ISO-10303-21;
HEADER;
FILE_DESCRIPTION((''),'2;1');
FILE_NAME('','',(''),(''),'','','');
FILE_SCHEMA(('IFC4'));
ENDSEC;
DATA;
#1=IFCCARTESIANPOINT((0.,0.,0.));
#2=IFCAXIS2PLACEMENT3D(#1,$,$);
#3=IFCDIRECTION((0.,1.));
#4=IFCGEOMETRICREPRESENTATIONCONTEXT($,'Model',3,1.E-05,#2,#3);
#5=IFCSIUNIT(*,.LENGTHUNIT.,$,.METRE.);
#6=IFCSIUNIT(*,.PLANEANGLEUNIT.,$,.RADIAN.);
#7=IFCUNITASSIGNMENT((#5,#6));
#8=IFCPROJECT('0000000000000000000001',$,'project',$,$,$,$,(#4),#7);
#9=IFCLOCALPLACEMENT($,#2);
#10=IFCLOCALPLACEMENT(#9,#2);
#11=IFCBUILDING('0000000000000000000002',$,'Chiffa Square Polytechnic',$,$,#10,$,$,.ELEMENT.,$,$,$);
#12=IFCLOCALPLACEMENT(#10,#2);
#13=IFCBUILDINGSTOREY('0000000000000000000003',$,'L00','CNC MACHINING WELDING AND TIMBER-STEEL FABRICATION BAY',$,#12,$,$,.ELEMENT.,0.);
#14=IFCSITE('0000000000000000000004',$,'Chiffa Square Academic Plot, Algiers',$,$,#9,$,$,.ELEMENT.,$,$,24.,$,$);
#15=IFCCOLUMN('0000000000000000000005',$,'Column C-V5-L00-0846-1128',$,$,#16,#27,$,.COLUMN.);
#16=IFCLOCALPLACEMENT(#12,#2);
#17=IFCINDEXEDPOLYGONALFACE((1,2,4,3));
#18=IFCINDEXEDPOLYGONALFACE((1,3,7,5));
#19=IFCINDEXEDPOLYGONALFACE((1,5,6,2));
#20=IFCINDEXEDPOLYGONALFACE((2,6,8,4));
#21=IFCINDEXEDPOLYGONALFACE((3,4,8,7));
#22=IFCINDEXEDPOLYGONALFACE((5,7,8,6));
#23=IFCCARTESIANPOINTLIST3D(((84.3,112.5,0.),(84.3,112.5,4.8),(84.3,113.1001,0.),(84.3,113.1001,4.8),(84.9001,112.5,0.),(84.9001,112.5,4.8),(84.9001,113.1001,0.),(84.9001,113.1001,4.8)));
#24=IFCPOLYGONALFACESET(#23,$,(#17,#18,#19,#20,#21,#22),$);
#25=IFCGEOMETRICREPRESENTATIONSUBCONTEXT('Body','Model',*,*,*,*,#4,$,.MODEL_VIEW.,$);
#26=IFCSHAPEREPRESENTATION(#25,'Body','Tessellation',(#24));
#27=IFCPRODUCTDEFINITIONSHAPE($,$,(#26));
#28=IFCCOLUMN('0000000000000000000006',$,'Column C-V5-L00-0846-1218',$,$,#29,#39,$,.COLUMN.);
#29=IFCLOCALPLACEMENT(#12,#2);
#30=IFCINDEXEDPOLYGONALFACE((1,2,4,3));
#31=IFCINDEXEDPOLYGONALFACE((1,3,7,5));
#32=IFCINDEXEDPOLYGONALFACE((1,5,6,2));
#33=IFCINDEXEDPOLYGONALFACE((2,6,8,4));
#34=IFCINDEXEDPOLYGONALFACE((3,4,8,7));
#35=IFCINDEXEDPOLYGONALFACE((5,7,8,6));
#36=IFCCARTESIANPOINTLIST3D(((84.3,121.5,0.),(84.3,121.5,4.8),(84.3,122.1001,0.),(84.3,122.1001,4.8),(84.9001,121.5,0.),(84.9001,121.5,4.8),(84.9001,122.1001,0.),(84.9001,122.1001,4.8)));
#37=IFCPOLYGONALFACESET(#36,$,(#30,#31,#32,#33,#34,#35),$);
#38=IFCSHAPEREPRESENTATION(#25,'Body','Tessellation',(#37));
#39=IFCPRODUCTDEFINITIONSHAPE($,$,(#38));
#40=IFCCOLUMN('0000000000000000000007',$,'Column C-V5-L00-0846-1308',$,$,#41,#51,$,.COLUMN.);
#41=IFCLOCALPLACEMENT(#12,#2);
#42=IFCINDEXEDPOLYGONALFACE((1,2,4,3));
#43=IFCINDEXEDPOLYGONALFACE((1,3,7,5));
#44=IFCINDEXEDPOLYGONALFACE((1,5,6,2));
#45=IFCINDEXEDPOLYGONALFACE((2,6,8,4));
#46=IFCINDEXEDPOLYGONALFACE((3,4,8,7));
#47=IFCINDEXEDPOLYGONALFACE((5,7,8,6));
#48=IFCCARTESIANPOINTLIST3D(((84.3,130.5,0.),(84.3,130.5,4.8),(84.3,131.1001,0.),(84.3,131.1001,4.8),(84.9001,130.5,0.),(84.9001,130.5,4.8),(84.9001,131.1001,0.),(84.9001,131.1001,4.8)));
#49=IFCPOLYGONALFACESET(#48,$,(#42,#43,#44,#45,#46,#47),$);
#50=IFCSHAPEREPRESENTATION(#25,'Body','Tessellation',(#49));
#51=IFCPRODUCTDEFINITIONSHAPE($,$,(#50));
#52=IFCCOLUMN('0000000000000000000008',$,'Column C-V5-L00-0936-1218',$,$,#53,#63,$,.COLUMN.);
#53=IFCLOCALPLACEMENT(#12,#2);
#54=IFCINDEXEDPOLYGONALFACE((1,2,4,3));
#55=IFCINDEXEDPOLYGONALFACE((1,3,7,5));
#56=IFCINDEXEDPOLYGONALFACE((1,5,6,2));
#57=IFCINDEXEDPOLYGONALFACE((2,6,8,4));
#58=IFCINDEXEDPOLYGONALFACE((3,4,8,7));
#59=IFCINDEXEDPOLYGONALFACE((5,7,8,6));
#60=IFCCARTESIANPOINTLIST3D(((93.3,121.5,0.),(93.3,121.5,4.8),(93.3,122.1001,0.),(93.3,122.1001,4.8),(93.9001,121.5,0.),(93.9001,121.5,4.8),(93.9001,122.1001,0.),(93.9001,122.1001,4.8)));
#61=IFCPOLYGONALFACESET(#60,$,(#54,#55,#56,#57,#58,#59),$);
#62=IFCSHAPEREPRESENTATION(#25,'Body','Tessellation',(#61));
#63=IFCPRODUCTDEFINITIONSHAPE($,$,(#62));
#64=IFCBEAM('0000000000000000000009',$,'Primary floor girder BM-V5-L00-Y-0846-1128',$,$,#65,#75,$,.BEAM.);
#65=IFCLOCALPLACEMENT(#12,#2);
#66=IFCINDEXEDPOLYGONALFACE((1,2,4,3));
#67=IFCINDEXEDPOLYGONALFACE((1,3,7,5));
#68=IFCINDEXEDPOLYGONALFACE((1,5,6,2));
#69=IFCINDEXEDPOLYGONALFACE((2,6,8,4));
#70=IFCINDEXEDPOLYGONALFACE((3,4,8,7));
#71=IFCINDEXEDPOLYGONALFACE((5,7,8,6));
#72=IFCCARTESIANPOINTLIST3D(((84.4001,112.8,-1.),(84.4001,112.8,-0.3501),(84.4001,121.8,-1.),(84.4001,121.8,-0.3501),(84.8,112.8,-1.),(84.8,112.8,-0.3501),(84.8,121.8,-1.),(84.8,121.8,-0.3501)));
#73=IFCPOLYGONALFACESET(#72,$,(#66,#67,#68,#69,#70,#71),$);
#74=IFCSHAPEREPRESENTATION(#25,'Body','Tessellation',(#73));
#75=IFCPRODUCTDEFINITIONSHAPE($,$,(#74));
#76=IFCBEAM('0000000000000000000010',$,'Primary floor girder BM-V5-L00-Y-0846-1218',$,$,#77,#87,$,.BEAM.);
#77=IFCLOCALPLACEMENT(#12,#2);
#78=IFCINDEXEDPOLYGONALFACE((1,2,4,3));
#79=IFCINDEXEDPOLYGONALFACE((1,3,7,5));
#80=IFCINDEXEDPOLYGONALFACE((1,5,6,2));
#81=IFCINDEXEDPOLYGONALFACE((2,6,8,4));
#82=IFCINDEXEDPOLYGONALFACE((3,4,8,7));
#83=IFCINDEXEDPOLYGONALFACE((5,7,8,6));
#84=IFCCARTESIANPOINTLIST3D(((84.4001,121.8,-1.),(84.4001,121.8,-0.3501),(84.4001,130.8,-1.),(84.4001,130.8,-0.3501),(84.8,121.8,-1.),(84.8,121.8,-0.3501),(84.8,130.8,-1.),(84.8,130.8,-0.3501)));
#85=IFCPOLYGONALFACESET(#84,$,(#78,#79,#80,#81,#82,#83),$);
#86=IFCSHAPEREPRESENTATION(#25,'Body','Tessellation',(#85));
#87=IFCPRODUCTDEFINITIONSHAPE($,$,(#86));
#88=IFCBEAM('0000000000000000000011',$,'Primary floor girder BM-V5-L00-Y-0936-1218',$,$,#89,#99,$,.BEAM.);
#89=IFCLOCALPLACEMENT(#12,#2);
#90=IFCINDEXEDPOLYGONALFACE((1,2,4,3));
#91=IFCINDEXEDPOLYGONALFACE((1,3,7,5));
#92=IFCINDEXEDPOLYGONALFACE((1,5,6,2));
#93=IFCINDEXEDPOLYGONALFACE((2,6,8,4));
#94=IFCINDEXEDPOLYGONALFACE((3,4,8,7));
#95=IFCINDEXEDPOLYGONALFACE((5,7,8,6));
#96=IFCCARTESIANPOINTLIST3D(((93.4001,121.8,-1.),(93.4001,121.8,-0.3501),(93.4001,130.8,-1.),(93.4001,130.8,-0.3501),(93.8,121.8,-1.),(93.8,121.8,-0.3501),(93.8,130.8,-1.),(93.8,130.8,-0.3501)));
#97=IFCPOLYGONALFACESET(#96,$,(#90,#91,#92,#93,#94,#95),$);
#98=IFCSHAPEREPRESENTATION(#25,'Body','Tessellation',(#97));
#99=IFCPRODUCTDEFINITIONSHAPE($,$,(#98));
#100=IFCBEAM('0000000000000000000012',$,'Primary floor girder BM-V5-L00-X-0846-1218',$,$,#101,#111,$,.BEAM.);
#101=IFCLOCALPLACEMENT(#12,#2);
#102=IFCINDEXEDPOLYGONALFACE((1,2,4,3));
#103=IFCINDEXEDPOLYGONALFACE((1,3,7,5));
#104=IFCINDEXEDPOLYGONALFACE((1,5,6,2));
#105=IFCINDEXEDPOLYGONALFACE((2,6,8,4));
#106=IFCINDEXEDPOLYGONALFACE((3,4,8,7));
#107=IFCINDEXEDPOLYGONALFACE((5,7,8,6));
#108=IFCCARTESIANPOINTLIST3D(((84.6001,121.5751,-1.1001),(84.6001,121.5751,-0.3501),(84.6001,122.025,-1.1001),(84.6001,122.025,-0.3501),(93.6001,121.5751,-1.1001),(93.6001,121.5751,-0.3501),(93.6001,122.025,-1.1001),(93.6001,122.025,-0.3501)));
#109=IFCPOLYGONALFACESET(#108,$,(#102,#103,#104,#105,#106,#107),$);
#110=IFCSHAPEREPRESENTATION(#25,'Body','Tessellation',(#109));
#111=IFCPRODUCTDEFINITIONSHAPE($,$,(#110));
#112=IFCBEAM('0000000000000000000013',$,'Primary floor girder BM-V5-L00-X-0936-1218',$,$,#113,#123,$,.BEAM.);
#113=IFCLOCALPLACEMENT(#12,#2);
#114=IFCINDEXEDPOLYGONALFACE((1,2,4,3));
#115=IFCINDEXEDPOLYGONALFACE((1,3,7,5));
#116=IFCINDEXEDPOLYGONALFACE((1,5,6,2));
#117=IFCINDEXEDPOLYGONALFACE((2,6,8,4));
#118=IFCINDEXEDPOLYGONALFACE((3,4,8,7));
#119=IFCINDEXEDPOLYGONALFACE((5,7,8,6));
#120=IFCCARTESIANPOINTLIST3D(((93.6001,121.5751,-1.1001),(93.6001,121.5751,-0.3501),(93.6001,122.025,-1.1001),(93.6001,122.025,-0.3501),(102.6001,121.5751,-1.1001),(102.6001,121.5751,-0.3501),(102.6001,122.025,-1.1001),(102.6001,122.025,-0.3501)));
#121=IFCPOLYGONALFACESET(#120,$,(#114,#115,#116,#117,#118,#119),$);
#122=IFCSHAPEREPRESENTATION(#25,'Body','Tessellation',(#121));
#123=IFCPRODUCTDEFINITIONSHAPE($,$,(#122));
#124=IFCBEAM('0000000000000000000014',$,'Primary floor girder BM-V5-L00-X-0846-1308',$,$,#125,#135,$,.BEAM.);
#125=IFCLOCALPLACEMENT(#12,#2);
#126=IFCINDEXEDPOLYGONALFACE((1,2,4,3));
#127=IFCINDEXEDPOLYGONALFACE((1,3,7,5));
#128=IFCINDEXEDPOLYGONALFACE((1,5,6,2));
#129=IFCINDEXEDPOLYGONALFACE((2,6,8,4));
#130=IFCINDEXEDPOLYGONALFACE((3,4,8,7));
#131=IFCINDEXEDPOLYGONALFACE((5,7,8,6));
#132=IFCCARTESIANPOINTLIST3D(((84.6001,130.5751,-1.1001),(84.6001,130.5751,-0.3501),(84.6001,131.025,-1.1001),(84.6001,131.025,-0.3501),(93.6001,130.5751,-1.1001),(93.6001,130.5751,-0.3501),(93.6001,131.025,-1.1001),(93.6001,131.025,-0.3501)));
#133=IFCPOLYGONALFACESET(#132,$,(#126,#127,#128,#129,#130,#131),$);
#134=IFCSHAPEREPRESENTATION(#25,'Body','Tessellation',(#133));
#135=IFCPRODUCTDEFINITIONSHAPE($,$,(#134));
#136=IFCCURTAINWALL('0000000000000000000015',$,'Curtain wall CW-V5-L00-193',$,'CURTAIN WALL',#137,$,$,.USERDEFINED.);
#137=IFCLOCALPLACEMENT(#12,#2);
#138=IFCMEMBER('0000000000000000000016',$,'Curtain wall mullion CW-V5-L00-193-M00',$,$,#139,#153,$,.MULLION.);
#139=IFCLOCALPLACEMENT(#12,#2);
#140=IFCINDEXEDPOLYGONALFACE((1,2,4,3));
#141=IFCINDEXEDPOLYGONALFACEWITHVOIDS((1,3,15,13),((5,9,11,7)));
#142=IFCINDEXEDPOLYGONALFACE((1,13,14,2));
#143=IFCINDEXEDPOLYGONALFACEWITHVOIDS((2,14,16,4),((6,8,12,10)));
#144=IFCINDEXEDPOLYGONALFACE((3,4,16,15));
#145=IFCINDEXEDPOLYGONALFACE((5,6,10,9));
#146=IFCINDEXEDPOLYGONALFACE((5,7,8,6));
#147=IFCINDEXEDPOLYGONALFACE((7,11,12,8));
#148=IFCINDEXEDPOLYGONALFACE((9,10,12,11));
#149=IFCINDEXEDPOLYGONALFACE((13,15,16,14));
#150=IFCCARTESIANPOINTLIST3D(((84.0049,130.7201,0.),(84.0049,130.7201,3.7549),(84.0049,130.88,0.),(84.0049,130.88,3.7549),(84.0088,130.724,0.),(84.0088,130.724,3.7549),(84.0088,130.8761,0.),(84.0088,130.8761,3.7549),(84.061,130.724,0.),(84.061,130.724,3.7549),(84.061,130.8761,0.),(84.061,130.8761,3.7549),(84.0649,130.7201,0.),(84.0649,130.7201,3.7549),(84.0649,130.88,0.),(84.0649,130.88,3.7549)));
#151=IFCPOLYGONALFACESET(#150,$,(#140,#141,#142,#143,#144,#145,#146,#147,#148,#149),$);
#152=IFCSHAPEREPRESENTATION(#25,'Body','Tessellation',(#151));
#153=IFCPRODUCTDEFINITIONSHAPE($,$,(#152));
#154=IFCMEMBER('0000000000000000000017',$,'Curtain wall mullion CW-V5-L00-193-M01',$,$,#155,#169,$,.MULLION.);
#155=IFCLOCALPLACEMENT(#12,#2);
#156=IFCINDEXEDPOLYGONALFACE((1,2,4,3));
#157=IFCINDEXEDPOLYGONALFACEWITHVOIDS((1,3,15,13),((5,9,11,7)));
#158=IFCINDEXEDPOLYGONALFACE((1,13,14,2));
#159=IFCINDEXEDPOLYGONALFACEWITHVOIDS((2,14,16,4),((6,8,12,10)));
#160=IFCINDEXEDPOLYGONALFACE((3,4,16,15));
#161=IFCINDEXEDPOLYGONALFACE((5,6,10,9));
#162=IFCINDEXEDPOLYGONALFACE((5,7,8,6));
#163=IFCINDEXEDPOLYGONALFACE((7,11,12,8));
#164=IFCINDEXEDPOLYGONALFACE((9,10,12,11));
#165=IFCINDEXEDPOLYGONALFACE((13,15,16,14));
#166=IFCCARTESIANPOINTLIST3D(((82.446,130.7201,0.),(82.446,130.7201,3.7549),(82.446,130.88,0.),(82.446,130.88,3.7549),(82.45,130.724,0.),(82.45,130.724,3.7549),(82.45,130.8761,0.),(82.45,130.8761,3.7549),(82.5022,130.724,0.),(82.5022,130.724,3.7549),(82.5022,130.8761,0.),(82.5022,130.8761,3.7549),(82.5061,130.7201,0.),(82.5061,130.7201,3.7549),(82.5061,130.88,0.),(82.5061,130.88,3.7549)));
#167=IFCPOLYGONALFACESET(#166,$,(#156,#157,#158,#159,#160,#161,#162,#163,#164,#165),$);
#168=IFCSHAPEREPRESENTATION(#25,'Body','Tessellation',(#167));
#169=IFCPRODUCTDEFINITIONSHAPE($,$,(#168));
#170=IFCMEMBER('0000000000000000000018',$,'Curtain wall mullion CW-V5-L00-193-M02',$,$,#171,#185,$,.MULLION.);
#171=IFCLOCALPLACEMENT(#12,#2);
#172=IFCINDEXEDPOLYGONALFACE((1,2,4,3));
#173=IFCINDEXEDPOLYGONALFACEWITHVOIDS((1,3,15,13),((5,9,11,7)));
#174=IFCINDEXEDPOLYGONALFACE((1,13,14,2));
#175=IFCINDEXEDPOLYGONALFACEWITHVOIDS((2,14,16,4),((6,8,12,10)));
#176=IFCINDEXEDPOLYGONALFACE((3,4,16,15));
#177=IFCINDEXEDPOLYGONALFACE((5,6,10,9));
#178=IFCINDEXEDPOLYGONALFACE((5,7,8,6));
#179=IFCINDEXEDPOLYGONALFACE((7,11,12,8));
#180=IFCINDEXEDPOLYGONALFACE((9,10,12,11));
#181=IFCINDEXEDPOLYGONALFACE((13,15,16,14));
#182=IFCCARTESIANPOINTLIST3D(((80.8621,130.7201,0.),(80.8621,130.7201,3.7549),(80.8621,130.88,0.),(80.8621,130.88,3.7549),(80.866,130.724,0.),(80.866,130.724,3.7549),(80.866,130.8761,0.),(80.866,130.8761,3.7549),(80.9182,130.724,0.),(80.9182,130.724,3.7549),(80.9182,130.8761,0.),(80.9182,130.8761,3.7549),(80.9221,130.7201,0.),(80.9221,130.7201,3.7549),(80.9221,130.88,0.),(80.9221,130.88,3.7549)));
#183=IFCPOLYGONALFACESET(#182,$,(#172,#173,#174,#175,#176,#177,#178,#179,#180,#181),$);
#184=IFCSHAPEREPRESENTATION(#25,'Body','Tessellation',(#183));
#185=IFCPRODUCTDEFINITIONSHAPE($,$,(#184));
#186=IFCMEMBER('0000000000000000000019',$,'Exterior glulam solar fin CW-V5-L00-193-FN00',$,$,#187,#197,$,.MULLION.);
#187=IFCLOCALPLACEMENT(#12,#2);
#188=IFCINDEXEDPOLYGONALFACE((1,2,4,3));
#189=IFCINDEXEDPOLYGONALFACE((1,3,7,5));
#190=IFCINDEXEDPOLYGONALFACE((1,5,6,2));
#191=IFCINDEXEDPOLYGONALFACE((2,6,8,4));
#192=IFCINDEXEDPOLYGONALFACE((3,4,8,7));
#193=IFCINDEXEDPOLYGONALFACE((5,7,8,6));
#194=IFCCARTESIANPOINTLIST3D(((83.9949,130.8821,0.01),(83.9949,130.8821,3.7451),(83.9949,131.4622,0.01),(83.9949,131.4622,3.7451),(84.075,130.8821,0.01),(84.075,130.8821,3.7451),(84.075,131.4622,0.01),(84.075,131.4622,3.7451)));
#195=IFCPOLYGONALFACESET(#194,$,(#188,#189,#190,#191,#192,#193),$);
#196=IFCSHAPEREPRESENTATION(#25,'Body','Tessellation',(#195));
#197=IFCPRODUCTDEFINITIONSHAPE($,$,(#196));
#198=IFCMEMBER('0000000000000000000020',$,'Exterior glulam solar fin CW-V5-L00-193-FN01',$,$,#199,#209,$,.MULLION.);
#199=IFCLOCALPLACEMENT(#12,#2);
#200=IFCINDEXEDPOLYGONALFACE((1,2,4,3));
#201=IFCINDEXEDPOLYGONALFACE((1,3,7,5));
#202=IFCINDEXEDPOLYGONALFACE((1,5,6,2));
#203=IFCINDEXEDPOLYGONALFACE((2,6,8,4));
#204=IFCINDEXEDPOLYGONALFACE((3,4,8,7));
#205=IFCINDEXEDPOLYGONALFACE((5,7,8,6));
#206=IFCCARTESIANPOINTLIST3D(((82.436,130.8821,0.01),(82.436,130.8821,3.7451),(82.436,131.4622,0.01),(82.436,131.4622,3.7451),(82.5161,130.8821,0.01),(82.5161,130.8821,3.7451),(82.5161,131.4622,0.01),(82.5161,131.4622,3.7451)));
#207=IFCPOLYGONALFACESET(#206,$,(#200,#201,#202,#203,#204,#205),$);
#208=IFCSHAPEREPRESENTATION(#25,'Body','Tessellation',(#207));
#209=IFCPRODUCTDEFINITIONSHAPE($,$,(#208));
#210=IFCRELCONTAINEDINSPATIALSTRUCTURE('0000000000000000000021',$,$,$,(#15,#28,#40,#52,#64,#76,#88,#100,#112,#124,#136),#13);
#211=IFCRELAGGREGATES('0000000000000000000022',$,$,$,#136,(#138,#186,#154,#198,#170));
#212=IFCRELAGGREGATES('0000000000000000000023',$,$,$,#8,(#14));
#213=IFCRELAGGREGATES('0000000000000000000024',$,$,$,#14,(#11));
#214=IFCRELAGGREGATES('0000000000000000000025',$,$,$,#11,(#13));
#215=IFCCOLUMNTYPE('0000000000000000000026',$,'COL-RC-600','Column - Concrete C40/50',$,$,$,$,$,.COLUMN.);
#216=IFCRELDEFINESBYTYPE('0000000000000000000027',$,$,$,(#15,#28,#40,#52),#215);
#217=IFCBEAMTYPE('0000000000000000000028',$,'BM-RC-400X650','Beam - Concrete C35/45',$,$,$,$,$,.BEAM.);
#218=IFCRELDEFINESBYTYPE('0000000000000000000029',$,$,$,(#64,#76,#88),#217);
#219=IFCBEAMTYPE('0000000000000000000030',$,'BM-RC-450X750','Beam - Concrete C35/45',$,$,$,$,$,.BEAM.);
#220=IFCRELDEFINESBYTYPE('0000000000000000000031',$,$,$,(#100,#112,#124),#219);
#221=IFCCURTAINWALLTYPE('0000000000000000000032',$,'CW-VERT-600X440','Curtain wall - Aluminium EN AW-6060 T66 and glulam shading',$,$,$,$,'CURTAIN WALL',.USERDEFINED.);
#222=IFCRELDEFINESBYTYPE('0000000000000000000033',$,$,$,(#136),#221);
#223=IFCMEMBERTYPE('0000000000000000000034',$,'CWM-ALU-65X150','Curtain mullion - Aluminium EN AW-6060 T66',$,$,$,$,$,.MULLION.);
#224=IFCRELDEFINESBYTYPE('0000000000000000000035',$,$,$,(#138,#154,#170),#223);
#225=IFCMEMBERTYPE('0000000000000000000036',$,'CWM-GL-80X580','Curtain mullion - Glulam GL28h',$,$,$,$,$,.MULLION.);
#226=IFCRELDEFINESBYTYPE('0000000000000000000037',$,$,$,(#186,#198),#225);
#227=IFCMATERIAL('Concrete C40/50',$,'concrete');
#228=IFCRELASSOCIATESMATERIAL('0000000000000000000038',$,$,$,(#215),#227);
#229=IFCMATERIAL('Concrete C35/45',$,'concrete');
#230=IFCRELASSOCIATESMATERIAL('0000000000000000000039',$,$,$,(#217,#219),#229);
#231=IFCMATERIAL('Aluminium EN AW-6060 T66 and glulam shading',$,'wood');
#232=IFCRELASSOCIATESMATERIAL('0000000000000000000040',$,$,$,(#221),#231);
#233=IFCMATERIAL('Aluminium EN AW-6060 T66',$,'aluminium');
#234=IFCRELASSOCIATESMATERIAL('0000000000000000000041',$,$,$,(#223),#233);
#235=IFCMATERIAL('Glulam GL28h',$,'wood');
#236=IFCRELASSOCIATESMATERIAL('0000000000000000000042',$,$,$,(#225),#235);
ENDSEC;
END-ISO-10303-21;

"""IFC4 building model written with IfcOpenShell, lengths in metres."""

from ifc_helpers import new_model, si_unit, direction, frame, origin, origin_2d, place, context, subcontext, project, spatial, rectangle, hollow_rectangle, extrude, material, material_profile, profile_set, type_object, element, aggregate, save


model = new_model("IFC4")

# Units and contexts
model_context = context("Model", 3, precision=1e-05, world=origin(), true_north=direction((0.0, 1.0)))
body_context = subcontext(model_context, "Body", "Model", "MODEL_VIEW")
ifc_project = project(units=[si_unit("LENGTHUNIT", "METRE"), si_unit("PLANEANGLEUNIT", "RADIAN")], contexts=[model_context])

# Site, building, storey
site_placement = place(None, origin())
site = spatial("IfcSite", under=ifc_project, at=site_placement, Name="Chiffa Square Academic Plot, Algiers", CompositionType="ELEMENT", RefElevation=24.0)
building_placement = place(site_placement, origin())
building = spatial("IfcBuilding", under=site, at=building_placement, Name="Chiffa Square Polytechnic", CompositionType="ELEMENT")
storey_placement = place(building_placement, origin())
storey = spatial("IfcBuildingStorey", under=building, at=storey_placement, Name="L00", Description="CNC MACHINING WELDING AND TIMBER-STEEL FABRICATION BAY", CompositionType="ELEMENT", Elevation=0.0)

# Columns
ifc_material_1 = material(Name="Concrete C40/50", Category="concrete")
ifc_material_profile_1 = material_profile(ifc_material_1, rectangle(XDim=0.6001, YDim=0.6001, at=origin_2d()), Name="RC 600x600")
ifc_profile_set_1 = profile_set([ifc_material_profile_1], Name="Concrete C40/50")
column_type = type_object("IfcColumnType", Name="COL-RC-600", Description="Column - Concrete C40/50", PredefinedType="COLUMN", material=ifc_profile_set_1)
for number, where, z_axis, x_axis, name in (
    (1, (84.6001, 112.8, 0.0), (0.0, 0.0, 1.0), (1.0, 0.0, 0.0), "Column C-V5-L00-0846-1128"),
    (2, (84.6001, 121.8, 0.0), (0.0, 0.0, 1.0), (1.0, 0.0, 0.0), "Column C-V5-L00-0846-1218"),
    (3, (84.6001, 130.8, 0.0), (0.0, 0.0, 1.0), (1.0, 0.0, 0.0), "Column C-V5-L00-0846-1308"),
    (4, (93.6001, 121.8, 0.0), (0.0, 0.0, 1.0), (1.0, 0.0, 0.0), "Column C-V5-L00-0936-1218"),
):
    element("IfcColumn", number, at=place(storey_placement, frame(where, z_axis=z_axis, x_axis=x_axis)), inside=storey, type_object=column_type, Name=name, PredefinedType="COLUMN", context=body_context, shape_type="SweptSolid", body=[
        extrude(rectangle(XDim=0.6001, YDim=0.6001, at=origin_2d()), origin(), (0.0, 0.0, 1.0), 4.8),
    ])

# Beams
ifc_material_2 = material(Name="Concrete C35/45", Category="concrete")
ifc_material_profile_2 = material_profile(ifc_material_2, rectangle(XDim=0.3999, YDim=0.6499, at=origin_2d()), Name="RC 400x650")
ifc_profile_set_2 = profile_set([ifc_material_profile_2], Name="Concrete C35/45")
beam_type_1 = type_object("IfcBeamType", Name="BM-RC-400X650", Description="Beam - Concrete C35/45", PredefinedType="BEAM", material=ifc_profile_set_2)
for number, where, z_axis, x_axis, name in (
    (5, (84.6001, 112.8, -0.675), (0.0, 1.0, 0.0), (-1.0, 0.0, 0.0), "Primary floor girder BM-V5-L00-Y-0846-1128"),
    (6, (84.6001, 121.8, -0.675), (0.0, 1.0, 0.0), (-1.0, 0.0, 0.0), "Primary floor girder BM-V5-L00-Y-0846-1218"),
    (7, (93.6001, 121.8, -0.675), (0.0, 1.0, 0.0), (-1.0, 0.0, 0.0), "Primary floor girder BM-V5-L00-Y-0936-1218"),
):
    element("IfcBeam", number, at=place(storey_placement, frame(where, z_axis=z_axis, x_axis=x_axis)), inside=storey, type_object=beam_type_1, Name=name, PredefinedType="BEAM", context=body_context, shape_type="SweptSolid", body=[
        extrude(rectangle(XDim=0.3999, YDim=0.6499, at=origin_2d()), origin(), (0.0, 0.0, 1.0), 9.0),
    ])
ifc_material_profile_3 = material_profile(ifc_material_2, rectangle(XDim=0.45, YDim=0.75, at=origin_2d()), Name="RC 450x750")
ifc_profile_set_3 = profile_set([ifc_material_profile_3], Name="Concrete C35/45")
beam_type_2 = type_object("IfcBeamType", Name="BM-RC-450X750", Description="Beam - Concrete C35/45", PredefinedType="BEAM", material=ifc_profile_set_3)
for number, where, z_axis, x_axis, name in (
    (8, (84.6001, 121.8, -0.7251), (1.0, 0.0, 0.0), (0.0, 1.0, 0.0), "Primary floor girder BM-V5-L00-X-0846-1218"),
    (9, (93.6001, 121.8, -0.7251), (1.0, 0.0, 0.0), (0.0, 1.0, 0.0), "Primary floor girder BM-V5-L00-X-0936-1218"),
    (10, (84.6001, 130.8, -0.7251), (1.0, 0.0, 0.0), (0.0, 1.0, 0.0), "Primary floor girder BM-V5-L00-X-0846-1308"),
):
    element("IfcBeam", number, at=place(storey_placement, frame(where, z_axis=z_axis, x_axis=x_axis)), inside=storey, type_object=beam_type_2, Name=name, PredefinedType="BEAM", context=body_context, shape_type="SweptSolid", body=[
        extrude(rectangle(XDim=0.45, YDim=0.75, at=origin_2d()), origin(), (0.0, 0.0, 1.0), 9.0),
    ])

# Curtain wall, members
ifc_material_3 = material(Name="Aluminium EN AW-6060 T66 and glulam shading", Category="wood")
curtain_wall_type = type_object("IfcCurtainWallType", Name="CW-VERT-600X440", Description="Curtain wall - Aluminium EN AW-6060 T66 and glulam shading", ElementType="CURTAIN WALL", PredefinedType="USERDEFINED", material=ifc_material_3)
curtain_wall_placement = place(storey_placement, origin())
curtain_wall = element("IfcCurtainWall", 11, at=curtain_wall_placement, inside=storey, type_object=curtain_wall_type, Name="Curtain wall CW-V5-L00-193", ObjectType="CURTAIN WALL", PredefinedType="USERDEFINED")
ifc_material_4 = material(Name="Aluminium EN AW-6060 T66", Category="aluminium")
ifc_material_profile_4 = material_profile(ifc_material_4, hollow_rectangle(XDim=0.0601, YDim=0.1599, WallThickness=0.0039, at=origin_2d()), Name="ALU 60x160x4")
ifc_profile_set_4 = profile_set([ifc_material_profile_4], Name="Aluminium EN AW-6060 T66")
member_type_1 = type_object("IfcMemberType", Name="CWM-ALU-65X150", Description="Curtain mullion - Aluminium EN AW-6060 T66", PredefinedType="MULLION", material=ifc_profile_set_4)
member_1_placement = place(storey_placement, frame((84.0349, 130.8, 0.0), z_axis=(0.0, 0.0, 1.0), x_axis=(1.0, 0.0, 0.0)))
member_1 = element("IfcMember", 12, at=member_1_placement, type_object=member_type_1, Name="Curtain wall mullion CW-V5-L00-193-M00", PredefinedType="MULLION", context=body_context, shape_type="SweptSolid", body=[
    extrude(hollow_rectangle(XDim=0.0601, YDim=0.1599, WallThickness=0.0039, at=origin_2d()), origin(), (0.0, 0.0, 1.0), 3.7549),
])
member_2_placement = place(storey_placement, frame((82.4761, 130.8, 0.0), z_axis=(0.0, 0.0, 1.0), x_axis=(1.0, 0.0, 0.0)))
member_2 = element("IfcMember", 13, at=member_2_placement, type_object=member_type_1, Name="Curtain wall mullion CW-V5-L00-193-M01", PredefinedType="MULLION", context=body_context, shape_type="SweptSolid", body=[
    extrude(hollow_rectangle(XDim=0.0601, YDim=0.1599, WallThickness=0.0039, at=origin_2d()), origin(), (0.0, 0.0, 1.0), 3.7549),
])
member_3_placement = place(storey_placement, frame((80.8921, 130.8, 0.0), z_axis=(0.0, 0.0, 1.0), x_axis=(1.0, 0.0, 0.0)))
member_3 = element("IfcMember", 14, at=member_3_placement, type_object=member_type_1, Name="Curtain wall mullion CW-V5-L00-193-M02", PredefinedType="MULLION", context=body_context, shape_type="SweptSolid", body=[
    extrude(hollow_rectangle(XDim=0.0601, YDim=0.1599, WallThickness=0.0039, at=origin_2d()), origin(), (0.0, 0.0, 1.0), 3.7549),
])
ifc_material_5 = material(Name="Glulam GL28h", Category="wood")
ifc_material_profile_5 = material_profile(ifc_material_5, rectangle(XDim=0.0801, YDim=0.5801, at=origin_2d()), Name="GL28h 80x580")
ifc_profile_set_5 = profile_set([ifc_material_profile_5], Name="Glulam GL28h")
member_type_2 = type_object("IfcMemberType", Name="CWM-GL-80X580", Description="Curtain mullion - Glulam GL28h", PredefinedType="MULLION", material=ifc_profile_set_5)
member_4_placement = place(storey_placement, frame((84.0349, 131.1721, 0.01), z_axis=(0.0, 0.0, 1.0), x_axis=(-1.0, 0.0, 0.0)))
member_4 = element("IfcMember", 15, at=member_4_placement, type_object=member_type_2, Name="Exterior glulam solar fin CW-V5-L00-193-FN00", PredefinedType="MULLION", context=body_context, shape_type="SweptSolid", body=[
    extrude(rectangle(XDim=0.0801, YDim=0.5801, at=origin_2d()), origin(), (0.0, 0.0, 1.0), 3.7351),
])
member_5_placement = place(storey_placement, frame((82.4761, 131.1721, 0.01), z_axis=(0.0, 0.0, 1.0), x_axis=(-1.0, 0.0, 0.0)))
member_5 = element("IfcMember", 16, at=member_5_placement, type_object=member_type_2, Name="Exterior glulam solar fin CW-V5-L00-193-FN01", PredefinedType="MULLION", context=body_context, shape_type="SweptSolid", body=[
    extrude(rectangle(XDim=0.0801, YDim=0.5801, at=origin_2d()), origin(), (0.0, 0.0, 1.0), 3.7351),
])

aggregate(curtain_wall, [member_1, member_4, member_2, member_5, member_3])

save(model, "model.ifc")
